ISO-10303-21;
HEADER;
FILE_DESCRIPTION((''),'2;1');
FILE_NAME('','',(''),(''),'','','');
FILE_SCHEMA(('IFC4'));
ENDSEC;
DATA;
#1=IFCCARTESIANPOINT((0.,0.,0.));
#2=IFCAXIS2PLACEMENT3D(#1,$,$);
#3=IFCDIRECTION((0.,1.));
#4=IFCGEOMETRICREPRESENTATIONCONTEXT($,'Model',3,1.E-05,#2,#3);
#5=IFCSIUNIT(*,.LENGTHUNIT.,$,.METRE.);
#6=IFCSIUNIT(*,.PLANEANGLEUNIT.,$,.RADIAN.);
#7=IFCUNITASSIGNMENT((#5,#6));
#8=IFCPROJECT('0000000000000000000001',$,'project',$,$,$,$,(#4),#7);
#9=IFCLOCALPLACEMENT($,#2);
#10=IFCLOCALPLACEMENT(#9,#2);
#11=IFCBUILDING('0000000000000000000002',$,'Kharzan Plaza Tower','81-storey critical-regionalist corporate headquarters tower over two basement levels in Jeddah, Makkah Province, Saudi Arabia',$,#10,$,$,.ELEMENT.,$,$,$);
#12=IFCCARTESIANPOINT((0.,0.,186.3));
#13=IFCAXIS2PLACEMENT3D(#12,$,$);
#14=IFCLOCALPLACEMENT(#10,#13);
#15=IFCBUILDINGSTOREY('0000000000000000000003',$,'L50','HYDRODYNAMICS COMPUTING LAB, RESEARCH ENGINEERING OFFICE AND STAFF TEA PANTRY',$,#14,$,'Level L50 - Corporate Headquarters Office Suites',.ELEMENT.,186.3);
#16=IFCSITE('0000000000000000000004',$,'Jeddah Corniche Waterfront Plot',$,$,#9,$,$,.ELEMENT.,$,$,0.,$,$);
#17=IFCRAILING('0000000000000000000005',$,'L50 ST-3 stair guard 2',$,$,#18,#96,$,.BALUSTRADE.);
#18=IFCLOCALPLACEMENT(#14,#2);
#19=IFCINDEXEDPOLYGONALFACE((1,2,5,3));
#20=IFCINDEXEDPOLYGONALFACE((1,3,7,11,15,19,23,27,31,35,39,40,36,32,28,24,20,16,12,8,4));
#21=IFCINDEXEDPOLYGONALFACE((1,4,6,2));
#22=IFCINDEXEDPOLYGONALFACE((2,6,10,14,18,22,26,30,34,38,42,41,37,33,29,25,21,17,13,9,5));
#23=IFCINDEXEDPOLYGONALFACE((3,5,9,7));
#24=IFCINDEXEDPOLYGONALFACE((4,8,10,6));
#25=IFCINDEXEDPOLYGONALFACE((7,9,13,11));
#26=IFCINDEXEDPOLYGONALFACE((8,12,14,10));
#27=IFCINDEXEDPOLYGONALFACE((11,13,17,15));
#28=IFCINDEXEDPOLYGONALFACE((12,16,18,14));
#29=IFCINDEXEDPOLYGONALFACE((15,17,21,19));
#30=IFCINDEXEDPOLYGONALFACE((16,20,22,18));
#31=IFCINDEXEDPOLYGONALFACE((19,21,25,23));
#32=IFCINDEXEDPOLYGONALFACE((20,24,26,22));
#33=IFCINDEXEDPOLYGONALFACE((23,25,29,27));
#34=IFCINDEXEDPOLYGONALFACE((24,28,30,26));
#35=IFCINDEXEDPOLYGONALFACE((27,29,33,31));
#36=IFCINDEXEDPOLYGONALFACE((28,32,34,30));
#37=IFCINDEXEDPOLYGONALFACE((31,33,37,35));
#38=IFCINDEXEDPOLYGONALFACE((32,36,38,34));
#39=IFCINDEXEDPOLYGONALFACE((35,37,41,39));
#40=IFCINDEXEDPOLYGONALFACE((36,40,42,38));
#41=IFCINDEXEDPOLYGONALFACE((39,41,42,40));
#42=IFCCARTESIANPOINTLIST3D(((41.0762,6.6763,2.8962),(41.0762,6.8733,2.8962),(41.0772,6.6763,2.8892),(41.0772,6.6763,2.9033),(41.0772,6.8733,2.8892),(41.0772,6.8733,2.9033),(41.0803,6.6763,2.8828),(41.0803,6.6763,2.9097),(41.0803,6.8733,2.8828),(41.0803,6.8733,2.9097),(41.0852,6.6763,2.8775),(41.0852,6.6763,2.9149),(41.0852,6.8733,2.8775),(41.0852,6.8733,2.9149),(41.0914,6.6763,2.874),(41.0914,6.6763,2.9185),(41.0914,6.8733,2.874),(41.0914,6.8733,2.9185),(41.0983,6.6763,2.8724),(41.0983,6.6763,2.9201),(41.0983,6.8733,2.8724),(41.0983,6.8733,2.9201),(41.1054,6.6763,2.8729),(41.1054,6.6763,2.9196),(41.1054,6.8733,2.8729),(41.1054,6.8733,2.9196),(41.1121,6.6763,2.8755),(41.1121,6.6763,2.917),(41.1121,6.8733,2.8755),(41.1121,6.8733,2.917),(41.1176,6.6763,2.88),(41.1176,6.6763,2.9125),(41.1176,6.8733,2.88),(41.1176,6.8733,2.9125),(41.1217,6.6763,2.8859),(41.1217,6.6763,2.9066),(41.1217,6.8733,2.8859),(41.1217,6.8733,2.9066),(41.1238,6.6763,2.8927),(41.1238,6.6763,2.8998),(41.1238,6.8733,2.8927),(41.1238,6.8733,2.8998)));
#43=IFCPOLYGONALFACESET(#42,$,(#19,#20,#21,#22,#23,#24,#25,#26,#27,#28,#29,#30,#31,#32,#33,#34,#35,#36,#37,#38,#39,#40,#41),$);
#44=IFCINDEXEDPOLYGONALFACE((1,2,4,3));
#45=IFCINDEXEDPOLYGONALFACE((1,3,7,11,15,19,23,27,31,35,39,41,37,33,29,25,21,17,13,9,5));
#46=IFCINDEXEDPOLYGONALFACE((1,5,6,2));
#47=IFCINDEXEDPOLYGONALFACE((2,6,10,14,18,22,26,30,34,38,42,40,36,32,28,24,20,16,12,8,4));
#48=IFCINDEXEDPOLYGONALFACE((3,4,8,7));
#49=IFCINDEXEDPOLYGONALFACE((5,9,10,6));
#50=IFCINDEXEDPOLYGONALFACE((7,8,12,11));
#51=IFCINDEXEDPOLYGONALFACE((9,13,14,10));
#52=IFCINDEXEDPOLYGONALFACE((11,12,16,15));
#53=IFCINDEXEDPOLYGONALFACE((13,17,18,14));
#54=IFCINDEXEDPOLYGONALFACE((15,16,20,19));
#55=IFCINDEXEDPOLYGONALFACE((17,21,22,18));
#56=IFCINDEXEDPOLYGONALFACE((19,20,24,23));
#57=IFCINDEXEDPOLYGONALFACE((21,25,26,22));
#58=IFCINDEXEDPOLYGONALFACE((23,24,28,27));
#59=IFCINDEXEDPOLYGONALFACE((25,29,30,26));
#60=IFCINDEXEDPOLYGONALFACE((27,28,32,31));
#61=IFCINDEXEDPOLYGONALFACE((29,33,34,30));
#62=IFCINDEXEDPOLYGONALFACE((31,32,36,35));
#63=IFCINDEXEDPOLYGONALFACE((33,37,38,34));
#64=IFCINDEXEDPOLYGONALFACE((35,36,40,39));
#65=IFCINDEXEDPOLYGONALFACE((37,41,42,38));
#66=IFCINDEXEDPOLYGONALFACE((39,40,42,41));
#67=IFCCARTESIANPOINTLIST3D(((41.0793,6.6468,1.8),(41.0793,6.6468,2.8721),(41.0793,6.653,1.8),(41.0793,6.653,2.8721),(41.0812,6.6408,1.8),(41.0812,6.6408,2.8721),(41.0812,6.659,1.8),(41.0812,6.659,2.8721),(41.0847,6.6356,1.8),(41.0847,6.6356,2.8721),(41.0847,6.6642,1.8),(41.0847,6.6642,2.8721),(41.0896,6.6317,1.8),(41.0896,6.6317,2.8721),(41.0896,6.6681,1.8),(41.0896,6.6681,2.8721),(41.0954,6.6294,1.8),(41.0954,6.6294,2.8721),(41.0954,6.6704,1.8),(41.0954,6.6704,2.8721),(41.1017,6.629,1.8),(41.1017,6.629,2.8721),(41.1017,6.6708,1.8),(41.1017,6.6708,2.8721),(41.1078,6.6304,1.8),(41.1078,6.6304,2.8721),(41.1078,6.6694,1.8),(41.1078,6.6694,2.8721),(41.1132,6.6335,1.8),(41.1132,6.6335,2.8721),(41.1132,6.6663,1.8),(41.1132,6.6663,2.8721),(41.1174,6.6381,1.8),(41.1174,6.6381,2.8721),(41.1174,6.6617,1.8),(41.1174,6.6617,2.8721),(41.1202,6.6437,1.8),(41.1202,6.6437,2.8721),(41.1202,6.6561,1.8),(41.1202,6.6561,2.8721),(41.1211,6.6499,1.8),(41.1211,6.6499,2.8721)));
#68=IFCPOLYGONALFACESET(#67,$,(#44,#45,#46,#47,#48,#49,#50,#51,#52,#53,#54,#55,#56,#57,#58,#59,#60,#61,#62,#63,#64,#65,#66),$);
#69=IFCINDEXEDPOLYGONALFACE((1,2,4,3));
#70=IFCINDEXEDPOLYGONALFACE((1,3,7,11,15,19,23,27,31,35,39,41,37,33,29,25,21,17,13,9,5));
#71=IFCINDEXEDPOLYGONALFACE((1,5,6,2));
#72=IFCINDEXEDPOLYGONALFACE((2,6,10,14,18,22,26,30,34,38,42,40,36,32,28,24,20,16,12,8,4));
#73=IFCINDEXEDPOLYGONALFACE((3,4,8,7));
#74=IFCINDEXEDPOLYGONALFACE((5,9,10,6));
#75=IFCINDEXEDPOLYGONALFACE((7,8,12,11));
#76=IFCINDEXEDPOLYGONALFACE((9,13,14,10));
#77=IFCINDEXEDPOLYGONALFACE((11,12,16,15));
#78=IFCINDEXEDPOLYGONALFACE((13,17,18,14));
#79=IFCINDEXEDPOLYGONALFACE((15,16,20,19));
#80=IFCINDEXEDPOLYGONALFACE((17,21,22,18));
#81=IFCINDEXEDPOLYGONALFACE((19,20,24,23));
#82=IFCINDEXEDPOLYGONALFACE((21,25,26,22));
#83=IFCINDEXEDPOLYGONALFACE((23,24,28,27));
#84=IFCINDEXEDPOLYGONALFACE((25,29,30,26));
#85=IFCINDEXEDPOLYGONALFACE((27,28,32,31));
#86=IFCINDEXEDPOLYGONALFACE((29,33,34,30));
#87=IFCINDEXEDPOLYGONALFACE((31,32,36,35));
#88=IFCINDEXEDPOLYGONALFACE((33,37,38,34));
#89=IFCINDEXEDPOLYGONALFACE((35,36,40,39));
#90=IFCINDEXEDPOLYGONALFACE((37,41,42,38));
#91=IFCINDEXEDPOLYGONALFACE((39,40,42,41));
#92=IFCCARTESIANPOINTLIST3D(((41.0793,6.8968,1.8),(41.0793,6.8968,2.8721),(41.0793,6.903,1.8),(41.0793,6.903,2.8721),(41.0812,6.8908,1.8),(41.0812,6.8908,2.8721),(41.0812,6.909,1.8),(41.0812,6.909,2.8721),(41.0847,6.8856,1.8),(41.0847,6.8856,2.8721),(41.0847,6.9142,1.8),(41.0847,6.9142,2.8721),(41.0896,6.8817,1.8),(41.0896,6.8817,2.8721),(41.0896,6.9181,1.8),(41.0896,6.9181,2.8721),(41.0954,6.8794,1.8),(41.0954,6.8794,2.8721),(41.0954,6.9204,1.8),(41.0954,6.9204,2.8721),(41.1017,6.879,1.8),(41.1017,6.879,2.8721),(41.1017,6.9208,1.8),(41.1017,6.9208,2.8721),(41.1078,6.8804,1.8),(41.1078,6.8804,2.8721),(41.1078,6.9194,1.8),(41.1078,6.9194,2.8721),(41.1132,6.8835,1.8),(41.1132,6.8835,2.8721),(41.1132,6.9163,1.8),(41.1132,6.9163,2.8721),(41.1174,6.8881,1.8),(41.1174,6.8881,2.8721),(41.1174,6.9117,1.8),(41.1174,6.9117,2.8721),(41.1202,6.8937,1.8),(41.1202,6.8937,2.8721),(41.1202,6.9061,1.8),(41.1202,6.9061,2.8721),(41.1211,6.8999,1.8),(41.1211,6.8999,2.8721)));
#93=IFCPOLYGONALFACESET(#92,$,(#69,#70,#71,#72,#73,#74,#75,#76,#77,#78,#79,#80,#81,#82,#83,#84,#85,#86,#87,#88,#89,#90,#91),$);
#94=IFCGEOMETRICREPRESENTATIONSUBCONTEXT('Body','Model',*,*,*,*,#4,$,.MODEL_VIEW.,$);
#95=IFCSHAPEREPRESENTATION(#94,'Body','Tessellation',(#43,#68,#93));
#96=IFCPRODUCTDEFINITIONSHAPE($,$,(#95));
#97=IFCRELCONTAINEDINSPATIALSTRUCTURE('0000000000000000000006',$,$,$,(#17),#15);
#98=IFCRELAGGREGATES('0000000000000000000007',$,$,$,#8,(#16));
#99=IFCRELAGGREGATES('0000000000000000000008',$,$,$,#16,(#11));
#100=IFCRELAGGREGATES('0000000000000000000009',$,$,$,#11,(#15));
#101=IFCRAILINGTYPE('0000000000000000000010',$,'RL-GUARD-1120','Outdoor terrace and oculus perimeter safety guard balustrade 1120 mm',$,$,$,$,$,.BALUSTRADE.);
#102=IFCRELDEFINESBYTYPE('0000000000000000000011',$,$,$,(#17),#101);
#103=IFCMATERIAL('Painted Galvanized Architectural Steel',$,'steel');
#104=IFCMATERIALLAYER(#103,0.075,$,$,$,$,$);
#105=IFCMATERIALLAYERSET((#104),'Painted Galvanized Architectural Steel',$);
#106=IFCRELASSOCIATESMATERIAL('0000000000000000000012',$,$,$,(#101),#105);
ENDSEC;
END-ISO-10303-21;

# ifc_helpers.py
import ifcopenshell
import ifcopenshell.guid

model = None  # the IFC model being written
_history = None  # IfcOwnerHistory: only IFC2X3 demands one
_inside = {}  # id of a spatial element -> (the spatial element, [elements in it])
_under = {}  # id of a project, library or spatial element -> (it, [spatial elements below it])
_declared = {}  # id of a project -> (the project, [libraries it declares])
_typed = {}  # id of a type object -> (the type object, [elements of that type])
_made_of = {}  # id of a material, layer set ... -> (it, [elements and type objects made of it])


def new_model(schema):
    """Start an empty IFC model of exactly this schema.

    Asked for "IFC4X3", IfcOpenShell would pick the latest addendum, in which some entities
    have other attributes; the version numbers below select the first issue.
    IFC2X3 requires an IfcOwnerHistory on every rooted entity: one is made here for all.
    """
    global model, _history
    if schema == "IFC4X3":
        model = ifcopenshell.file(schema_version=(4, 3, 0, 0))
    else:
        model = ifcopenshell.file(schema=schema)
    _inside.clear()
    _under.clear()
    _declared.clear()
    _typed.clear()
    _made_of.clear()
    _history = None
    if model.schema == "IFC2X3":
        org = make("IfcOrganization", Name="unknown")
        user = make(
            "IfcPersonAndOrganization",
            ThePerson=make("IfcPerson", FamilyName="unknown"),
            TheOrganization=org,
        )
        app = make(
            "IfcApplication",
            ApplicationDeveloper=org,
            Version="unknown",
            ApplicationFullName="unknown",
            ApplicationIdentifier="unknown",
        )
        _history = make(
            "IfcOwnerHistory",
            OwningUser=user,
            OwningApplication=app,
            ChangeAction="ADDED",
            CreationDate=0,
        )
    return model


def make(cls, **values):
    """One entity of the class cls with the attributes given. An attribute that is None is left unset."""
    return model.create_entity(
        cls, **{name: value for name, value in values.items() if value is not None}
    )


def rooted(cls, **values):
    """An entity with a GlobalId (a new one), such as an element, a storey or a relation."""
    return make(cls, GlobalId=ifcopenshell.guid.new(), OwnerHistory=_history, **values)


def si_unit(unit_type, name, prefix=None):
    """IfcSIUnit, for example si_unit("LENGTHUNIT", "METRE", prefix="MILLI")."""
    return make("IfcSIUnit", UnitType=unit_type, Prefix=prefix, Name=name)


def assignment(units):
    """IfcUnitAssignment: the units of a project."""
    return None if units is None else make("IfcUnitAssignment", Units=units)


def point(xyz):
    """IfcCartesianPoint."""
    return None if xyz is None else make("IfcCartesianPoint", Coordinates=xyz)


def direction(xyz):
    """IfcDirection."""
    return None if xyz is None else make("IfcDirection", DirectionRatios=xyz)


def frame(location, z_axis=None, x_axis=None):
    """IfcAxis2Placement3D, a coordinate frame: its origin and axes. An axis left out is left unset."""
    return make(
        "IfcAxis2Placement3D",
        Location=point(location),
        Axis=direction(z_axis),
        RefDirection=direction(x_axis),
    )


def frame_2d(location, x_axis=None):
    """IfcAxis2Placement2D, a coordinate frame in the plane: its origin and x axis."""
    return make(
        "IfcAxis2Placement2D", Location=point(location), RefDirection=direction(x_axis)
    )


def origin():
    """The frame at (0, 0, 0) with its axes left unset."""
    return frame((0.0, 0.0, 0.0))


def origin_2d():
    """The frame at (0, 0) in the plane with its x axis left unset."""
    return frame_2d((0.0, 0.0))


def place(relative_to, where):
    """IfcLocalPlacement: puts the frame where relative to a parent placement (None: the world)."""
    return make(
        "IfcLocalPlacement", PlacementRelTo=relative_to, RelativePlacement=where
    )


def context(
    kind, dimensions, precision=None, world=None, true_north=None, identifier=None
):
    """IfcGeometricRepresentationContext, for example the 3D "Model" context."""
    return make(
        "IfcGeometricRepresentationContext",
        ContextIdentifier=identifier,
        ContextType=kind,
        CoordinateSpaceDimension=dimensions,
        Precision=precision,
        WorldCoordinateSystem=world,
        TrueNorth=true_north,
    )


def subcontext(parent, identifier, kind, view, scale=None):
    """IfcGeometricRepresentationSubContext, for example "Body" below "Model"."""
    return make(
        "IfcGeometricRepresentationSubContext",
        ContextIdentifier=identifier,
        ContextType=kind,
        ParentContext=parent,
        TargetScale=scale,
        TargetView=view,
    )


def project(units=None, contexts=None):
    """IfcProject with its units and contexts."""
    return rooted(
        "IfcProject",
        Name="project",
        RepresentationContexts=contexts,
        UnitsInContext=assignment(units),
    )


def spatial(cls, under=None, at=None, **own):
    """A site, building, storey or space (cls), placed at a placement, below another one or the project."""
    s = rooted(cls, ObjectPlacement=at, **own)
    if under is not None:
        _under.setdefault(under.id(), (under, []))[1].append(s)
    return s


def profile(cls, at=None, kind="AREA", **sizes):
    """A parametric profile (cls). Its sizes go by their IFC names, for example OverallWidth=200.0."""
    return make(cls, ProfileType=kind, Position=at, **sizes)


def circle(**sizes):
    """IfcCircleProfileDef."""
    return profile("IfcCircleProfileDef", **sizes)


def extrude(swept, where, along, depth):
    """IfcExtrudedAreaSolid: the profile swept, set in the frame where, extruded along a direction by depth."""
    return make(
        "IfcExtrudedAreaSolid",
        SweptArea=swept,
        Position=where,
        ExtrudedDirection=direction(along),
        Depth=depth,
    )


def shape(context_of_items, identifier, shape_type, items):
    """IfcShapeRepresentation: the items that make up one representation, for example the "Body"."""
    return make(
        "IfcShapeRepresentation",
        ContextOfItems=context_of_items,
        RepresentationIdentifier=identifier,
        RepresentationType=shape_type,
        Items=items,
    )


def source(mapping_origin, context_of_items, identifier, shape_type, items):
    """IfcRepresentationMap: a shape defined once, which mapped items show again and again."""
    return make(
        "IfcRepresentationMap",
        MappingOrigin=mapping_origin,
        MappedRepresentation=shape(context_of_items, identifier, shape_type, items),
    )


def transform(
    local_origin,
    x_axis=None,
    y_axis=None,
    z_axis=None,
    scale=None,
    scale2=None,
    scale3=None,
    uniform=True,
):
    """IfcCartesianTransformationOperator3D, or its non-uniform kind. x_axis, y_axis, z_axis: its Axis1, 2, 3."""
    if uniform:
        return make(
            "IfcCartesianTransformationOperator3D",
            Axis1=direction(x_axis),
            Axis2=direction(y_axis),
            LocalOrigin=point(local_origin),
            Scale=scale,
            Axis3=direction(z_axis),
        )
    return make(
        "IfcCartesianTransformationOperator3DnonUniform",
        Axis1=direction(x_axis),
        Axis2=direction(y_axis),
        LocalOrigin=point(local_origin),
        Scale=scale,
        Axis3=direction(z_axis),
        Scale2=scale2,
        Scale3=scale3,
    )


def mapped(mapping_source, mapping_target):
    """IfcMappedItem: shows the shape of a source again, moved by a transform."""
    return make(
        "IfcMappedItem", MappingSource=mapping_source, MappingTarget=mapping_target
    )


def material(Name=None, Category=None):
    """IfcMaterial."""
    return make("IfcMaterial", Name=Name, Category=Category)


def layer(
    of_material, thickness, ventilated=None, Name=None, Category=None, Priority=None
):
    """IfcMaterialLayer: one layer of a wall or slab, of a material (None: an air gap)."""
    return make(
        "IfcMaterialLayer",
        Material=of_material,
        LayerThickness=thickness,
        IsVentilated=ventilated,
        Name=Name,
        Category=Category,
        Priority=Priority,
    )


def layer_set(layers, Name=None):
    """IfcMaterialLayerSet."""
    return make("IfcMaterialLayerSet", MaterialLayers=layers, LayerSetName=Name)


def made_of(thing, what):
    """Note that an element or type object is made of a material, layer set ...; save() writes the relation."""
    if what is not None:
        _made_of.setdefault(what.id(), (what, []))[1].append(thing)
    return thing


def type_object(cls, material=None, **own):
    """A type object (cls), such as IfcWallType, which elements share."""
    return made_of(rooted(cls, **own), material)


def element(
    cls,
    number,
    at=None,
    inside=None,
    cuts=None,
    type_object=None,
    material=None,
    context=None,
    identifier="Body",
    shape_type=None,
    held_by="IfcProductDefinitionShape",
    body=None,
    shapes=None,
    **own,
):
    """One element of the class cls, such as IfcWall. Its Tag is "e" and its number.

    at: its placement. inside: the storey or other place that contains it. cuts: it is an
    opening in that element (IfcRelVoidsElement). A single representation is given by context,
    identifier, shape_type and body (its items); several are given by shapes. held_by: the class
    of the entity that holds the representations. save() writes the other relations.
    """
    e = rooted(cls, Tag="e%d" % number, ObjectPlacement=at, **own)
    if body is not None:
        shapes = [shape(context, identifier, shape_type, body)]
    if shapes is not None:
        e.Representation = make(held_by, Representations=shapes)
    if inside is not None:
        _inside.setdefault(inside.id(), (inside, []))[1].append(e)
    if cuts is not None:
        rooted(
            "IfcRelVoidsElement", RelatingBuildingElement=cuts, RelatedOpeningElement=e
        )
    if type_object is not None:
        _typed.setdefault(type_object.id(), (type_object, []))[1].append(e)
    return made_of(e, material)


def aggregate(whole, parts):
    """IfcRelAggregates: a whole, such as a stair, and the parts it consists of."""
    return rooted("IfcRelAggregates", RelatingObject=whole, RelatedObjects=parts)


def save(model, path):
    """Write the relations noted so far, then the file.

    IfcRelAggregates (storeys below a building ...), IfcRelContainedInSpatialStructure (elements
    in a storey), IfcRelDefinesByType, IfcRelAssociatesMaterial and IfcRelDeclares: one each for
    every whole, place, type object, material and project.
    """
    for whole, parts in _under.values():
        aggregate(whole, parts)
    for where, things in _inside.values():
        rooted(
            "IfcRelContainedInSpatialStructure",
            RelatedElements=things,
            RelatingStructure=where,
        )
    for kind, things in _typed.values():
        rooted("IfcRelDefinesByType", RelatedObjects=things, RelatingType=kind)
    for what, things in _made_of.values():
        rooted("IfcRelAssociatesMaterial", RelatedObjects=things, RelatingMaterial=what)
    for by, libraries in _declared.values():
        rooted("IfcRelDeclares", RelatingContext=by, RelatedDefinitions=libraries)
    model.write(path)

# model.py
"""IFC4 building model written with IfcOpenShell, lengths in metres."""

from ifc_helpers import new_model, si_unit, direction, frame, origin, origin_2d, place, context, subcontext, project, spatial, circle, extrude, source, transform, mapped, material, layer, layer_set, type_object, element, save


model = new_model("IFC4")

# Units and contexts
model_context = context("Model", 3, precision=1e-05, world=origin(), true_north=direction((0.0, 1.0)))
body_context = subcontext(model_context, "Body", "Model", "MODEL_VIEW")
ifc_project = project(units=[si_unit("LENGTHUNIT", "METRE"), si_unit("PLANEANGLEUNIT", "RADIAN")], contexts=[model_context])

# Site, building, storey
site_placement = place(None, origin())
site = spatial("IfcSite", under=ifc_project, at=site_placement, Name="Jeddah Corniche Waterfront Plot", CompositionType="ELEMENT", RefElevation=0.0)
building_placement = place(site_placement, origin())
building = spatial("IfcBuilding", under=site, at=building_placement, Name="Kharzan Plaza Tower", Description="81-storey critical-regionalist corporate headquarters tower over two basement levels in Jeddah, Makkah Province, Saudi Arabia", CompositionType="ELEMENT")
storey_placement = place(building_placement, frame((0.0, 0.0, 186.3)))
storey = spatial("IfcBuildingStorey", under=building, at=storey_placement, Name="L50", Description="HYDRODYNAMICS COMPUTING LAB, RESEARCH ENGINEERING OFFICE AND STAFF TEA PANTRY", LongName="Level L50 - Corporate Headquarters Office Suites", CompositionType="ELEMENT", Elevation=186.3)

# Railing
ifc_material_1 = material(Name="Painted Galvanized Architectural Steel", Category="steel")
ifc_layer_1 = layer(ifc_material_1, 0.075)
ifc_layer_set_1 = layer_set([ifc_layer_1], Name="Painted Galvanized Architectural Steel")
railing_type_1 = type_object("IfcRailingType", Name="RL-GUARD-1120", Description="Outdoor terrace and oculus perimeter safety guard balustrade 1120 mm", PredefinedType="BALUSTRADE", material=ifc_layer_set_1)
shared_shape_1 = source(origin(), body_context, "Body", "SweptSolid", [
    extrude(circle(Radius=0.0239, at=origin_2d()), frame((0.0, 0.0264, 1.0962), z_axis=(0.0, 1.0, 0.0), x_axis=(-1.0, 0.0, 0.0)), (0.0, 0.0, 1.0), 0.197),
    extrude(circle(Radius=0.021, at=origin_2d()), origin(), (0.0, 0.0, 1.0), 1.072),
    extrude(circle(Radius=0.021, at=origin_2d()), frame((0.0, 0.25, 0.0)), (0.0, 0.0, 1.0), 1.072),
])
railing_1_placement = place(storey_placement, frame((41.1001, 6.6499, 1.8)))
element("IfcRailing", 1, at=railing_1_placement, inside=storey, type_object=railing_type_1, Name="L50 ST-3 stair guard 2", PredefinedType="BALUSTRADE", context=body_context, shape_type="MappedRepresentation", body=[
    mapped(shared_shape_1, transform((0.0, 0.0, 0.0), x_axis=(1.0, 0.0, 0.0), y_axis=(0.0, 1.0, 0.0), z_axis=(0.0, 0.0, 1.0))),
])

save(model, "model.ifc")
